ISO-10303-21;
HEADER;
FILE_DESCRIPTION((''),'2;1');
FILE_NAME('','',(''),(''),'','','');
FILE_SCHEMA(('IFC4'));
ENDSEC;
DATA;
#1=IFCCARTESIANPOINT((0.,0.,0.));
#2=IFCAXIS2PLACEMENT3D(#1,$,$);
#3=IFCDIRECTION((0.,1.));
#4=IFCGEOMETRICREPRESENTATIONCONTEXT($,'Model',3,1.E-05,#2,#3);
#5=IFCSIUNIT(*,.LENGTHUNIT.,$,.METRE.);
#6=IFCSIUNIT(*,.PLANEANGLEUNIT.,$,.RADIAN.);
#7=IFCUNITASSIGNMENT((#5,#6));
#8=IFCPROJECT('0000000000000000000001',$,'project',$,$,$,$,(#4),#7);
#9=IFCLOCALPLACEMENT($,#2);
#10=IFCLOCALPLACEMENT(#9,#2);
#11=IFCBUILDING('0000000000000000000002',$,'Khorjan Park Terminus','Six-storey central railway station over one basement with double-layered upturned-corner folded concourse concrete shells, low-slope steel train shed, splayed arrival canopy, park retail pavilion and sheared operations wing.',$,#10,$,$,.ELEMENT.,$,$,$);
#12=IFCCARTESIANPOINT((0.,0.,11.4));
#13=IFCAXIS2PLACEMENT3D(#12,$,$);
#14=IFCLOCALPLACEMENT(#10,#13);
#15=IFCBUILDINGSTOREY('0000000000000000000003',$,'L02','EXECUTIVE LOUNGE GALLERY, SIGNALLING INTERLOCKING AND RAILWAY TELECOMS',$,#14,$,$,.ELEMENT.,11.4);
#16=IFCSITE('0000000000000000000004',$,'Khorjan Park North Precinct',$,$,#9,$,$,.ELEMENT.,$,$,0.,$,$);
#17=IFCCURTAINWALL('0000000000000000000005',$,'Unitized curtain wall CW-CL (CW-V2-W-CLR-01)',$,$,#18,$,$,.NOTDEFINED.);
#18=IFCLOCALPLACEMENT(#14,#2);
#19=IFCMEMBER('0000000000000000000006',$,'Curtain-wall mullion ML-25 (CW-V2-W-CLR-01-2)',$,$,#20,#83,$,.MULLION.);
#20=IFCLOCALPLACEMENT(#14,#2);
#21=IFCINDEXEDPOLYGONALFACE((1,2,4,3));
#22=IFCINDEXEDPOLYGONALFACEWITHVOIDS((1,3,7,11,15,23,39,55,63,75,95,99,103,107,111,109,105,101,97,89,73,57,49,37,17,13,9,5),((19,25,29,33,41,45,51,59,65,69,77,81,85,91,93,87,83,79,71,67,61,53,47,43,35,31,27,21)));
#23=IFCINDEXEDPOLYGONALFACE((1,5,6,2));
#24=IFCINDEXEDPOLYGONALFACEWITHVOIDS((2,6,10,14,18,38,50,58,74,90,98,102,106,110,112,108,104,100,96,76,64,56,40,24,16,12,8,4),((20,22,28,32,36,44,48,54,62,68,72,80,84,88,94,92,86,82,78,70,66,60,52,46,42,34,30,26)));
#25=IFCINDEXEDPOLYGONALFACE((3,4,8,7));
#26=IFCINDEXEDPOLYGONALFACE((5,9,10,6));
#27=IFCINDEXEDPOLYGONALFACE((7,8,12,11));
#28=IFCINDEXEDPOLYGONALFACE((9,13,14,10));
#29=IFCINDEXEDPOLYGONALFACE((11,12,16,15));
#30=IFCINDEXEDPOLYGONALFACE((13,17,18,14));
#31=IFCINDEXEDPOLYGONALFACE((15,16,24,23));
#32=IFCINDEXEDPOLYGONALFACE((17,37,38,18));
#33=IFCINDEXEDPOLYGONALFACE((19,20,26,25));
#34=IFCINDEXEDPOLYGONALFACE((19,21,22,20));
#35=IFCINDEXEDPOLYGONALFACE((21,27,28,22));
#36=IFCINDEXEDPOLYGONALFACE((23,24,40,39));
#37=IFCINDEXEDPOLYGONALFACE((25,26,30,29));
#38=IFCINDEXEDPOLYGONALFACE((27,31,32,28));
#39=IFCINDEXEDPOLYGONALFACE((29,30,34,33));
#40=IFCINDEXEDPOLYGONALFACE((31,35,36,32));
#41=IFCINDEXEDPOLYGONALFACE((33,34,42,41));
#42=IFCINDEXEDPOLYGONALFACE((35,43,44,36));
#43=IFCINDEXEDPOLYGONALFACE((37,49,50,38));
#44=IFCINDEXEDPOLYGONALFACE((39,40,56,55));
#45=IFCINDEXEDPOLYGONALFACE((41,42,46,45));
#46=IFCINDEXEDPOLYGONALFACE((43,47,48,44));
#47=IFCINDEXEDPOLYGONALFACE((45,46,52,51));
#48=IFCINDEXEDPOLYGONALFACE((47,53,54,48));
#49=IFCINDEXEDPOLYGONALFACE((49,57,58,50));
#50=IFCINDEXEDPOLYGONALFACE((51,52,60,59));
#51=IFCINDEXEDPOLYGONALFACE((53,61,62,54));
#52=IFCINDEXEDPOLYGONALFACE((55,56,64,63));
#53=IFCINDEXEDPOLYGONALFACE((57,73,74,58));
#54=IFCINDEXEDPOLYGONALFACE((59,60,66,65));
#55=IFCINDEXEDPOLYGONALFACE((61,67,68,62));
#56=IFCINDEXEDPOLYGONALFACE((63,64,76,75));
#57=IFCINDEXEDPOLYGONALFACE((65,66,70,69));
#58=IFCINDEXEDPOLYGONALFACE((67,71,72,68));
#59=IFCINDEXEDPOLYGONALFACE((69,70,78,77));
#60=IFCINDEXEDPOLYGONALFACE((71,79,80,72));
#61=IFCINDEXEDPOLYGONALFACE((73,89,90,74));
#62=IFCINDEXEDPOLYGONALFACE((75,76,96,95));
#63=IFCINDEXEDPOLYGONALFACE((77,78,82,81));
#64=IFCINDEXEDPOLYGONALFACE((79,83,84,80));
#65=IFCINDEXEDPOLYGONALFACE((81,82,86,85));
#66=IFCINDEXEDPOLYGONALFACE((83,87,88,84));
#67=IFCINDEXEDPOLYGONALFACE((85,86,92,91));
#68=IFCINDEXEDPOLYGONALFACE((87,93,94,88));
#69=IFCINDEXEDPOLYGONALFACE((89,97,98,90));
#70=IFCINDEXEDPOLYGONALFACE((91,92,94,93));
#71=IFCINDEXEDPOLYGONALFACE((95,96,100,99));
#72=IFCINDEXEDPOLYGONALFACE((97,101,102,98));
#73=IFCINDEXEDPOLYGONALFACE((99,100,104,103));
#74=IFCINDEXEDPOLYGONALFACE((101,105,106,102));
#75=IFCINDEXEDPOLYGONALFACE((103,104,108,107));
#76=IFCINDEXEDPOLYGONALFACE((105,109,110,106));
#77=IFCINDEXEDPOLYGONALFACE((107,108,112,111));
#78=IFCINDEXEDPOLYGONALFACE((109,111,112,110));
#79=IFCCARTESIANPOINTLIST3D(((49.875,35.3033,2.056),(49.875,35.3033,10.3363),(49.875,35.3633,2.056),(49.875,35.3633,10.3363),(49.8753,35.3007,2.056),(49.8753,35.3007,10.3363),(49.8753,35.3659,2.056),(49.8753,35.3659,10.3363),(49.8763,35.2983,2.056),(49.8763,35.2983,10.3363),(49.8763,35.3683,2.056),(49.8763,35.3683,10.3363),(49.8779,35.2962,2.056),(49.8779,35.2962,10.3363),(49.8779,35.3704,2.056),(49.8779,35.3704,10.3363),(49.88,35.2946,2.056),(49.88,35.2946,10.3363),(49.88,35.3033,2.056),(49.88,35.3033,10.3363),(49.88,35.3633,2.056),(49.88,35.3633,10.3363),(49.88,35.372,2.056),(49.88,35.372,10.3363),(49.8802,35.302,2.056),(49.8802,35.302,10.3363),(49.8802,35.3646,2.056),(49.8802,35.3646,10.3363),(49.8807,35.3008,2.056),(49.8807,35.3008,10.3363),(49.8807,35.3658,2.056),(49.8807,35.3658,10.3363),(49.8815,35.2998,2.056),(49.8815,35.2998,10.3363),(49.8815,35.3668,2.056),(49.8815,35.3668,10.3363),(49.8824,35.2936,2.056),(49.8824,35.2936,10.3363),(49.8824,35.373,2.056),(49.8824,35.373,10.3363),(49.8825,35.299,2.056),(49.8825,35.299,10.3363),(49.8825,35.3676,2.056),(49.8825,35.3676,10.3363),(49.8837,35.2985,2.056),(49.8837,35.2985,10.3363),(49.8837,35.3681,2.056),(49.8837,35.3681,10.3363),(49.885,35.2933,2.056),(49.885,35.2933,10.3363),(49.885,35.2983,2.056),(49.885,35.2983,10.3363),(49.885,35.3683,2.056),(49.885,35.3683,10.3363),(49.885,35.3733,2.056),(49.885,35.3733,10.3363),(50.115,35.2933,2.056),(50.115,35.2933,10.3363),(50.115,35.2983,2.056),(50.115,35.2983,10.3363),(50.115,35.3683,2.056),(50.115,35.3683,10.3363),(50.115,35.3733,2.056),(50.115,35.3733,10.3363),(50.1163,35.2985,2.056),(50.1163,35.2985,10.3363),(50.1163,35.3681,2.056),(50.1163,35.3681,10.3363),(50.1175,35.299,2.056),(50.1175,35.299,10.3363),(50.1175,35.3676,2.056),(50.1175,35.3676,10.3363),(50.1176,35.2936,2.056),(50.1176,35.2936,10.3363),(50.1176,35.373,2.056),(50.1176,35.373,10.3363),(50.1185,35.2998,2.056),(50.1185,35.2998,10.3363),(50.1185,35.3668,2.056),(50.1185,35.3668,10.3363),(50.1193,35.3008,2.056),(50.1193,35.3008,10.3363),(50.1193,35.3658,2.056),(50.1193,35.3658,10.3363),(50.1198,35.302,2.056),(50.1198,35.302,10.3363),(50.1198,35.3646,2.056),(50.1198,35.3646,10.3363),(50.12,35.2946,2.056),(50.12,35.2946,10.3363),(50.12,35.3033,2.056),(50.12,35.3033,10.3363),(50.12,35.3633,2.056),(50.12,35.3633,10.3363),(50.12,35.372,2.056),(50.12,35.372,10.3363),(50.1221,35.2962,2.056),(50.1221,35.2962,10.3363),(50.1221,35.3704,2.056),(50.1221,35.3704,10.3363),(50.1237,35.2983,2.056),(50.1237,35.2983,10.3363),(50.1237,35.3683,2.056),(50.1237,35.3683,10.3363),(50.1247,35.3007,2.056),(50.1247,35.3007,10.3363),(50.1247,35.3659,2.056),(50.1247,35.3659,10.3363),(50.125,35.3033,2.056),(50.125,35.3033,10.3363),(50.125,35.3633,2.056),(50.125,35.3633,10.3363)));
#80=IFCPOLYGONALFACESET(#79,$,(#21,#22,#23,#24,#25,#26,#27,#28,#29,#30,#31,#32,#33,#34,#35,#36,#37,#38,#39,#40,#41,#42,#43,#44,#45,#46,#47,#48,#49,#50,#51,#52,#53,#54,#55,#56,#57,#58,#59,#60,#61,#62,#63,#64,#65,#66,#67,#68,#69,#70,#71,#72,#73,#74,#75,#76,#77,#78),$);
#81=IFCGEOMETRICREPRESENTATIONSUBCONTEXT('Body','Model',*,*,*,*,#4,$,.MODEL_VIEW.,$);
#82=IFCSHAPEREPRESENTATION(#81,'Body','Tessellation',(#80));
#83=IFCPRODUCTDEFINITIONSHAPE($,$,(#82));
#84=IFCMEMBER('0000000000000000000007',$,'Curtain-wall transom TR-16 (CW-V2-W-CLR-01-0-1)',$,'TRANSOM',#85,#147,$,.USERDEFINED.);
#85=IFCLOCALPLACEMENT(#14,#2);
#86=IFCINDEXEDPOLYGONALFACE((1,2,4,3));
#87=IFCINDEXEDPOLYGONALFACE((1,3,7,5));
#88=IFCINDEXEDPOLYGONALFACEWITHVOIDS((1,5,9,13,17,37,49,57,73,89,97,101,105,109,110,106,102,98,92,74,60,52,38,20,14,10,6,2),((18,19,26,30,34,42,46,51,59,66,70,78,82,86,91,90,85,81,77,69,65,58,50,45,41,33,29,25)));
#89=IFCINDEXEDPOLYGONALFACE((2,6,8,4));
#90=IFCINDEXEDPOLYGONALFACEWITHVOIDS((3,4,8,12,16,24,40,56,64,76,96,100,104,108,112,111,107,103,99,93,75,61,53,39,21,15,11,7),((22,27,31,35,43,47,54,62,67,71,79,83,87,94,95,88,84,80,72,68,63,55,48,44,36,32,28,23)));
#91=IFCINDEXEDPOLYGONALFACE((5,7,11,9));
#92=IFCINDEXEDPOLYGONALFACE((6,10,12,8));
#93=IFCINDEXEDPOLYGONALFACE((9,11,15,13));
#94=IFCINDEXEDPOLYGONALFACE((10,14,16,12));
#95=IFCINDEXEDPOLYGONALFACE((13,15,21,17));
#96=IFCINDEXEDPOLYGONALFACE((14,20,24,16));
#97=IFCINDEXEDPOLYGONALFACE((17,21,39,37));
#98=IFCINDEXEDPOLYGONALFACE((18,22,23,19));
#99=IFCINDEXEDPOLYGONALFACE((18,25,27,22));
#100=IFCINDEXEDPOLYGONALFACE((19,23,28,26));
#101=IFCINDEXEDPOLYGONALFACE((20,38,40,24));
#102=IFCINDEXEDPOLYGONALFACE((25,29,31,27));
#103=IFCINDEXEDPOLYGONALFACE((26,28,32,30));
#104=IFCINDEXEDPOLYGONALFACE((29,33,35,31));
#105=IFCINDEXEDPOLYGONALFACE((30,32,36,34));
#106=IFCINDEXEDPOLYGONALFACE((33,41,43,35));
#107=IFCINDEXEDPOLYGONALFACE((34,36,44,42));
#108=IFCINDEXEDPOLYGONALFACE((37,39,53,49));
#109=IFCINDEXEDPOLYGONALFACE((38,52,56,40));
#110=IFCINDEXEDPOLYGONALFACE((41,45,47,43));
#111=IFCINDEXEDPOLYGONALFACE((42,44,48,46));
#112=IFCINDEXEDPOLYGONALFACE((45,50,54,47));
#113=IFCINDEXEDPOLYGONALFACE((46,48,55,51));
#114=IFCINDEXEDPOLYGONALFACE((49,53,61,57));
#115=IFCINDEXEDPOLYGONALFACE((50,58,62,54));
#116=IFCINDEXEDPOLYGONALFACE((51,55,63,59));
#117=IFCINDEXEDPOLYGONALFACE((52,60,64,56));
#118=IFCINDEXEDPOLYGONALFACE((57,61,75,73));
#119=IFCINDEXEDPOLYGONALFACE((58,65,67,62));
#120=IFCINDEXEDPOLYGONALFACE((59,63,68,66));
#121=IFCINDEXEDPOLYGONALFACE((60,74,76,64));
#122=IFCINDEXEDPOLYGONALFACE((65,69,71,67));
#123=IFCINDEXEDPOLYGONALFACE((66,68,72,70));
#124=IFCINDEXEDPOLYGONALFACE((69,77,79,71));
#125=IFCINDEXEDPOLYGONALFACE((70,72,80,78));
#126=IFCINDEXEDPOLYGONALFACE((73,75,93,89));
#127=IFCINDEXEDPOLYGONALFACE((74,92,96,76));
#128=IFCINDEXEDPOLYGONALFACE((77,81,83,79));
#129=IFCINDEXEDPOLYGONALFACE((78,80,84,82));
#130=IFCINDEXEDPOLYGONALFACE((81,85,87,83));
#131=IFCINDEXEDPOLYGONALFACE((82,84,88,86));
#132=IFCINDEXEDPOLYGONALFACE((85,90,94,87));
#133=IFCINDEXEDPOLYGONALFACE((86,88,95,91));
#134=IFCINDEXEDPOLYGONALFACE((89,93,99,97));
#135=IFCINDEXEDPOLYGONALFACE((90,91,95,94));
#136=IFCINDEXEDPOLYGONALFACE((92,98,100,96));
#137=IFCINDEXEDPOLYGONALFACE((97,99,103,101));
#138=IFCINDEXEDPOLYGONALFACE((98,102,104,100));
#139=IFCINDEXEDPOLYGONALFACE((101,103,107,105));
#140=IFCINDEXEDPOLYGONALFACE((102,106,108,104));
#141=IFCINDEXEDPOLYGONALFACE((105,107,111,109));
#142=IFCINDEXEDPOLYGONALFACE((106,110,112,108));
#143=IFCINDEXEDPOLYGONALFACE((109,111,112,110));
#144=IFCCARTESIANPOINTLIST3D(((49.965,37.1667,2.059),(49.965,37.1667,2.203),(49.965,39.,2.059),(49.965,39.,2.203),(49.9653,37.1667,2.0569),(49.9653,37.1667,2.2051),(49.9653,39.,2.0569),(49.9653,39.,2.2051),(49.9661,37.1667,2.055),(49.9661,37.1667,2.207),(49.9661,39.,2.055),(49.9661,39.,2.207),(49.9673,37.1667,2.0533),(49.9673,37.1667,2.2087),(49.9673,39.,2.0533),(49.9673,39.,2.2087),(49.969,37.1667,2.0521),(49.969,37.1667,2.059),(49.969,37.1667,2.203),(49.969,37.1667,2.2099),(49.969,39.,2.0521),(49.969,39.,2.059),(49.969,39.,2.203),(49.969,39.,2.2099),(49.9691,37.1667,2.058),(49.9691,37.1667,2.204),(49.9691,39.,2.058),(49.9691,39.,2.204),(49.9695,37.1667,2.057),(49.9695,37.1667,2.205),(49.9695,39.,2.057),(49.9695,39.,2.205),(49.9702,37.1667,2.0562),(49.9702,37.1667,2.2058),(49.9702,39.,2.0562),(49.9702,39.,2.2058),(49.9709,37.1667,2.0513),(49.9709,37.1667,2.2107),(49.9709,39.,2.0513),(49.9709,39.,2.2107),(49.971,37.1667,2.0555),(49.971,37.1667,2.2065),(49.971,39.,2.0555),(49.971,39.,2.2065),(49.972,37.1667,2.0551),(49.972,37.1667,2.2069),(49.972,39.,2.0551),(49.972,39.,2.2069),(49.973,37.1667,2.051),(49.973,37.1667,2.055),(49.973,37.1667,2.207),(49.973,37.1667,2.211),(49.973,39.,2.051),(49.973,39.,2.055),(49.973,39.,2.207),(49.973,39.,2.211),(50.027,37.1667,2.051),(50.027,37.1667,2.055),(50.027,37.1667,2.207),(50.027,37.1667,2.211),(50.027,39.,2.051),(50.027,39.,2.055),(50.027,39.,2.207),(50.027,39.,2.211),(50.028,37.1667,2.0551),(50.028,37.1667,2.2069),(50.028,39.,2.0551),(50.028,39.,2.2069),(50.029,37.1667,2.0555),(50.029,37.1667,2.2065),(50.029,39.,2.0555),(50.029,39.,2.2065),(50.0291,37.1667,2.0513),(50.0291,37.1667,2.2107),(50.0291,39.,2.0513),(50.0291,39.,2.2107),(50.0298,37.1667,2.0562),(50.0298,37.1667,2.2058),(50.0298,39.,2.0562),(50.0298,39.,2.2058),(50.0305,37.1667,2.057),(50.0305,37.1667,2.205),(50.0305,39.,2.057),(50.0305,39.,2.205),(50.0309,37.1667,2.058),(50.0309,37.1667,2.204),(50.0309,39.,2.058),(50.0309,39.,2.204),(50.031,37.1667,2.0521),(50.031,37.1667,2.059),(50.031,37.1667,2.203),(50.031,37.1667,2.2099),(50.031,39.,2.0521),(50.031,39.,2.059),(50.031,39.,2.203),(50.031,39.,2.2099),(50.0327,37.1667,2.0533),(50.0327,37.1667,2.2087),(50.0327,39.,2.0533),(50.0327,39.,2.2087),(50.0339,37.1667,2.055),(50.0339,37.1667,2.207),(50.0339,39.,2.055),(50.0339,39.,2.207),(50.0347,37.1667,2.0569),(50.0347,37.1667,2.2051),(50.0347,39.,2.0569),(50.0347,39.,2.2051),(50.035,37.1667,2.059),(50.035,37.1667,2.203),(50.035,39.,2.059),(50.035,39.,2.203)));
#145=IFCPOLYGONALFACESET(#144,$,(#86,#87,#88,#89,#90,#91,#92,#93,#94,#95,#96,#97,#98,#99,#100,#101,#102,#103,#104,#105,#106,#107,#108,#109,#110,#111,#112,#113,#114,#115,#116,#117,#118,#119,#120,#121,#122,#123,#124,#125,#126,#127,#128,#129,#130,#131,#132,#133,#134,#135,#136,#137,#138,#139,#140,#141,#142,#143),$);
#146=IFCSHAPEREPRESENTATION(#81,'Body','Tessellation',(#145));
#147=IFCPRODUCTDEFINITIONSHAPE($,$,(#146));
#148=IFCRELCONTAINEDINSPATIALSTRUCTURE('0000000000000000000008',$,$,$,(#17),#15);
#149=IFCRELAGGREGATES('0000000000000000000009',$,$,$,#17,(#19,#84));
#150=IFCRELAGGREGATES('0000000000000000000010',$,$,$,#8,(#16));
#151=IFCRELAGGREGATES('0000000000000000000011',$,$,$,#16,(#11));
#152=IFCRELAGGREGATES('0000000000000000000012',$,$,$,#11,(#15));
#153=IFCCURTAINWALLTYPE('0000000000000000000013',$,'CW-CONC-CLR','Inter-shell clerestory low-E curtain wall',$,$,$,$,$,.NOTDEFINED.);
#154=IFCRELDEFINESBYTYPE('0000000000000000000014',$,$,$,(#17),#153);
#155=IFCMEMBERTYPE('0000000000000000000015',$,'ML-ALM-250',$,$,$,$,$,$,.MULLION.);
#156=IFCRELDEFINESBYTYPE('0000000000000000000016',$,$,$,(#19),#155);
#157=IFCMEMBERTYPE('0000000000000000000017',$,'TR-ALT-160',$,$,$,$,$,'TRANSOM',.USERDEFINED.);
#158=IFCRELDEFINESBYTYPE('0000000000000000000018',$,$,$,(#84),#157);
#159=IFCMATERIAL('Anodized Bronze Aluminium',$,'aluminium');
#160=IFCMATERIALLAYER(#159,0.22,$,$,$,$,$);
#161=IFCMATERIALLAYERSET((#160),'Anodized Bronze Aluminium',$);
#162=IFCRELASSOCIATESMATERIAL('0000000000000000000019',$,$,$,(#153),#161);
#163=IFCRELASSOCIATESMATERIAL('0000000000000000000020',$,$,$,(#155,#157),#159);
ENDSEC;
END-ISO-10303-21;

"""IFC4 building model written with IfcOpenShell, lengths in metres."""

from ifc_helpers import new_model, si_unit, direction, frame, origin, origin_2d, place, context, subcontext, project, spatial, hollow_rectangle, extrude, material, layer, layer_set, material_profile, profile_set, type_object, element, aggregate, save


model = new_model("IFC4")

# Units and contexts
model_context = context("Model", 3, precision=1e-05, world=origin(), true_north=direction((0.0, 1.0)))
body_context = subcontext(model_context, "Body", "Model", "MODEL_VIEW")
ifc_project = project(units=[si_unit("LENGTHUNIT", "METRE"), si_unit("PLANEANGLEUNIT", "RADIAN")], contexts=[model_context])

# Site, building, storey
site_placement = place(None, origin())
site = spatial("IfcSite", under=ifc_project, at=site_placement, Name="Khorjan Park North Precinct", CompositionType="ELEMENT", RefElevation=0.0)
building_placement = place(site_placement, origin())
building = spatial("IfcBuilding", under=site, at=building_placement, Name="Khorjan Park Terminus", Description="Six-storey central railway station over one basement with double-layered upturned-corner folded concourse concrete shells, low-slope steel train shed, splayed arrival canopy, park retail pavilion and sheared operations wing.", CompositionType="ELEMENT")
storey_placement = place(building_placement, frame((0.0, 0.0, 11.4)))
storey = spatial("IfcBuildingStorey", under=building, at=storey_placement, Name="L02", Description="EXECUTIVE LOUNGE GALLERY, SIGNALLING INTERLOCKING AND RAILWAY TELECOMS", CompositionType="ELEMENT", Elevation=11.4)

# Curtain wall, members
ifc_material_1 = material(Name="Anodized Bronze Aluminium", Category="aluminium")
ifc_layer_1 = layer(ifc_material_1, 0.22)
ifc_layer_set_1 = layer_set([ifc_layer_1], Name="Anodized Bronze Aluminium")
curtain_wall_type = type_object("IfcCurtainWallType", Name="CW-CONC-CLR", Description="Inter-shell clerestory low-E curtain wall", PredefinedType="NOTDEFINED", material=ifc_layer_set_1)
curtain_wall_1_placement = place(storey_placement, origin())
curtain_wall_1 = element("IfcCurtainWall", 1, at=curtain_wall_1_placement, inside=storey, type_object=curtain_wall_type, Name="Unitized curtain wall CW-CL (CW-V2-W-CLR-01)", PredefinedType="NOTDEFINED")
ifc_material_profile_1 = material_profile(ifc_material_1, hollow_rectangle(XDim=0.08, YDim=0.25, WallThickness=0.005, InnerFilletRadius=0.005, OuterFilletRadius=0.01, at=origin_2d()), Name="ALM 80x250x5")
ifc_profile_set_1 = profile_set([ifc_material_profile_1], Name="Anodized Bronze Aluminium")
member_type_1 = type_object("IfcMemberType", Name="ML-ALM-250", PredefinedType="MULLION", material=ifc_profile_set_1)
member_1_placement = place(storey_placement, frame((50.0, 35.3333, 2.056), z_axis=(0.0, 0.0, 1.0), x_axis=(0.0, -1.0, 0.0)))
member_1 = element("IfcMember", 2, at=member_1_placement, type_object=member_type_1, Name="Curtain-wall mullion ML-25 (CW-V2-W-CLR-01-2)", PredefinedType="MULLION", context=body_context, shape_type="SweptSolid", body=[
    extrude(hollow_rectangle(XDim=0.08, YDim=0.25, WallThickness=0.005, InnerFilletRadius=0.005, OuterFilletRadius=0.01, at=origin_2d()), origin(), (0.0, 0.0, 1.0), 8.2803),
])
ifc_material_profile_2 = material_profile(ifc_material_1, hollow_rectangle(XDim=0.07, YDim=0.16, WallThickness=0.004, InnerFilletRadius=0.004, OuterFilletRadius=0.008, at=origin_2d()), Name="ALT 70x160x4")
ifc_profile_set_2 = profile_set([ifc_material_profile_2], Name="Anodized Bronze Aluminium")
member_type_2 = type_object("IfcMemberType", Name="TR-ALT-160", ElementType="TRANSOM", PredefinedType="USERDEFINED", material=ifc_profile_set_2)
member_2_placement = place(storey_placement, frame((50.0, 39.0, 2.131), z_axis=(0.0, -1.0, 0.0), x_axis=(1.0, 0.0, 0.0)))
member_2 = element("IfcMember", 3, at=member_2_placement, type_object=member_type_2, Name="Curtain-wall transom TR-16 (CW-V2-W-CLR-01-0-1)", ObjectType="TRANSOM", PredefinedType="USERDEFINED", context=body_context, shape_type="SweptSolid", body=[
    extrude(hollow_rectangle(XDim=0.07, YDim=0.16, WallThickness=0.004, InnerFilletRadius=0.004, OuterFilletRadius=0.008, at=origin_2d()), origin(), (0.0, 0.0, 1.0), 1.8333),
])

aggregate(curtain_wall_1, [member_1, member_2])

save(model, "model.ifc")
